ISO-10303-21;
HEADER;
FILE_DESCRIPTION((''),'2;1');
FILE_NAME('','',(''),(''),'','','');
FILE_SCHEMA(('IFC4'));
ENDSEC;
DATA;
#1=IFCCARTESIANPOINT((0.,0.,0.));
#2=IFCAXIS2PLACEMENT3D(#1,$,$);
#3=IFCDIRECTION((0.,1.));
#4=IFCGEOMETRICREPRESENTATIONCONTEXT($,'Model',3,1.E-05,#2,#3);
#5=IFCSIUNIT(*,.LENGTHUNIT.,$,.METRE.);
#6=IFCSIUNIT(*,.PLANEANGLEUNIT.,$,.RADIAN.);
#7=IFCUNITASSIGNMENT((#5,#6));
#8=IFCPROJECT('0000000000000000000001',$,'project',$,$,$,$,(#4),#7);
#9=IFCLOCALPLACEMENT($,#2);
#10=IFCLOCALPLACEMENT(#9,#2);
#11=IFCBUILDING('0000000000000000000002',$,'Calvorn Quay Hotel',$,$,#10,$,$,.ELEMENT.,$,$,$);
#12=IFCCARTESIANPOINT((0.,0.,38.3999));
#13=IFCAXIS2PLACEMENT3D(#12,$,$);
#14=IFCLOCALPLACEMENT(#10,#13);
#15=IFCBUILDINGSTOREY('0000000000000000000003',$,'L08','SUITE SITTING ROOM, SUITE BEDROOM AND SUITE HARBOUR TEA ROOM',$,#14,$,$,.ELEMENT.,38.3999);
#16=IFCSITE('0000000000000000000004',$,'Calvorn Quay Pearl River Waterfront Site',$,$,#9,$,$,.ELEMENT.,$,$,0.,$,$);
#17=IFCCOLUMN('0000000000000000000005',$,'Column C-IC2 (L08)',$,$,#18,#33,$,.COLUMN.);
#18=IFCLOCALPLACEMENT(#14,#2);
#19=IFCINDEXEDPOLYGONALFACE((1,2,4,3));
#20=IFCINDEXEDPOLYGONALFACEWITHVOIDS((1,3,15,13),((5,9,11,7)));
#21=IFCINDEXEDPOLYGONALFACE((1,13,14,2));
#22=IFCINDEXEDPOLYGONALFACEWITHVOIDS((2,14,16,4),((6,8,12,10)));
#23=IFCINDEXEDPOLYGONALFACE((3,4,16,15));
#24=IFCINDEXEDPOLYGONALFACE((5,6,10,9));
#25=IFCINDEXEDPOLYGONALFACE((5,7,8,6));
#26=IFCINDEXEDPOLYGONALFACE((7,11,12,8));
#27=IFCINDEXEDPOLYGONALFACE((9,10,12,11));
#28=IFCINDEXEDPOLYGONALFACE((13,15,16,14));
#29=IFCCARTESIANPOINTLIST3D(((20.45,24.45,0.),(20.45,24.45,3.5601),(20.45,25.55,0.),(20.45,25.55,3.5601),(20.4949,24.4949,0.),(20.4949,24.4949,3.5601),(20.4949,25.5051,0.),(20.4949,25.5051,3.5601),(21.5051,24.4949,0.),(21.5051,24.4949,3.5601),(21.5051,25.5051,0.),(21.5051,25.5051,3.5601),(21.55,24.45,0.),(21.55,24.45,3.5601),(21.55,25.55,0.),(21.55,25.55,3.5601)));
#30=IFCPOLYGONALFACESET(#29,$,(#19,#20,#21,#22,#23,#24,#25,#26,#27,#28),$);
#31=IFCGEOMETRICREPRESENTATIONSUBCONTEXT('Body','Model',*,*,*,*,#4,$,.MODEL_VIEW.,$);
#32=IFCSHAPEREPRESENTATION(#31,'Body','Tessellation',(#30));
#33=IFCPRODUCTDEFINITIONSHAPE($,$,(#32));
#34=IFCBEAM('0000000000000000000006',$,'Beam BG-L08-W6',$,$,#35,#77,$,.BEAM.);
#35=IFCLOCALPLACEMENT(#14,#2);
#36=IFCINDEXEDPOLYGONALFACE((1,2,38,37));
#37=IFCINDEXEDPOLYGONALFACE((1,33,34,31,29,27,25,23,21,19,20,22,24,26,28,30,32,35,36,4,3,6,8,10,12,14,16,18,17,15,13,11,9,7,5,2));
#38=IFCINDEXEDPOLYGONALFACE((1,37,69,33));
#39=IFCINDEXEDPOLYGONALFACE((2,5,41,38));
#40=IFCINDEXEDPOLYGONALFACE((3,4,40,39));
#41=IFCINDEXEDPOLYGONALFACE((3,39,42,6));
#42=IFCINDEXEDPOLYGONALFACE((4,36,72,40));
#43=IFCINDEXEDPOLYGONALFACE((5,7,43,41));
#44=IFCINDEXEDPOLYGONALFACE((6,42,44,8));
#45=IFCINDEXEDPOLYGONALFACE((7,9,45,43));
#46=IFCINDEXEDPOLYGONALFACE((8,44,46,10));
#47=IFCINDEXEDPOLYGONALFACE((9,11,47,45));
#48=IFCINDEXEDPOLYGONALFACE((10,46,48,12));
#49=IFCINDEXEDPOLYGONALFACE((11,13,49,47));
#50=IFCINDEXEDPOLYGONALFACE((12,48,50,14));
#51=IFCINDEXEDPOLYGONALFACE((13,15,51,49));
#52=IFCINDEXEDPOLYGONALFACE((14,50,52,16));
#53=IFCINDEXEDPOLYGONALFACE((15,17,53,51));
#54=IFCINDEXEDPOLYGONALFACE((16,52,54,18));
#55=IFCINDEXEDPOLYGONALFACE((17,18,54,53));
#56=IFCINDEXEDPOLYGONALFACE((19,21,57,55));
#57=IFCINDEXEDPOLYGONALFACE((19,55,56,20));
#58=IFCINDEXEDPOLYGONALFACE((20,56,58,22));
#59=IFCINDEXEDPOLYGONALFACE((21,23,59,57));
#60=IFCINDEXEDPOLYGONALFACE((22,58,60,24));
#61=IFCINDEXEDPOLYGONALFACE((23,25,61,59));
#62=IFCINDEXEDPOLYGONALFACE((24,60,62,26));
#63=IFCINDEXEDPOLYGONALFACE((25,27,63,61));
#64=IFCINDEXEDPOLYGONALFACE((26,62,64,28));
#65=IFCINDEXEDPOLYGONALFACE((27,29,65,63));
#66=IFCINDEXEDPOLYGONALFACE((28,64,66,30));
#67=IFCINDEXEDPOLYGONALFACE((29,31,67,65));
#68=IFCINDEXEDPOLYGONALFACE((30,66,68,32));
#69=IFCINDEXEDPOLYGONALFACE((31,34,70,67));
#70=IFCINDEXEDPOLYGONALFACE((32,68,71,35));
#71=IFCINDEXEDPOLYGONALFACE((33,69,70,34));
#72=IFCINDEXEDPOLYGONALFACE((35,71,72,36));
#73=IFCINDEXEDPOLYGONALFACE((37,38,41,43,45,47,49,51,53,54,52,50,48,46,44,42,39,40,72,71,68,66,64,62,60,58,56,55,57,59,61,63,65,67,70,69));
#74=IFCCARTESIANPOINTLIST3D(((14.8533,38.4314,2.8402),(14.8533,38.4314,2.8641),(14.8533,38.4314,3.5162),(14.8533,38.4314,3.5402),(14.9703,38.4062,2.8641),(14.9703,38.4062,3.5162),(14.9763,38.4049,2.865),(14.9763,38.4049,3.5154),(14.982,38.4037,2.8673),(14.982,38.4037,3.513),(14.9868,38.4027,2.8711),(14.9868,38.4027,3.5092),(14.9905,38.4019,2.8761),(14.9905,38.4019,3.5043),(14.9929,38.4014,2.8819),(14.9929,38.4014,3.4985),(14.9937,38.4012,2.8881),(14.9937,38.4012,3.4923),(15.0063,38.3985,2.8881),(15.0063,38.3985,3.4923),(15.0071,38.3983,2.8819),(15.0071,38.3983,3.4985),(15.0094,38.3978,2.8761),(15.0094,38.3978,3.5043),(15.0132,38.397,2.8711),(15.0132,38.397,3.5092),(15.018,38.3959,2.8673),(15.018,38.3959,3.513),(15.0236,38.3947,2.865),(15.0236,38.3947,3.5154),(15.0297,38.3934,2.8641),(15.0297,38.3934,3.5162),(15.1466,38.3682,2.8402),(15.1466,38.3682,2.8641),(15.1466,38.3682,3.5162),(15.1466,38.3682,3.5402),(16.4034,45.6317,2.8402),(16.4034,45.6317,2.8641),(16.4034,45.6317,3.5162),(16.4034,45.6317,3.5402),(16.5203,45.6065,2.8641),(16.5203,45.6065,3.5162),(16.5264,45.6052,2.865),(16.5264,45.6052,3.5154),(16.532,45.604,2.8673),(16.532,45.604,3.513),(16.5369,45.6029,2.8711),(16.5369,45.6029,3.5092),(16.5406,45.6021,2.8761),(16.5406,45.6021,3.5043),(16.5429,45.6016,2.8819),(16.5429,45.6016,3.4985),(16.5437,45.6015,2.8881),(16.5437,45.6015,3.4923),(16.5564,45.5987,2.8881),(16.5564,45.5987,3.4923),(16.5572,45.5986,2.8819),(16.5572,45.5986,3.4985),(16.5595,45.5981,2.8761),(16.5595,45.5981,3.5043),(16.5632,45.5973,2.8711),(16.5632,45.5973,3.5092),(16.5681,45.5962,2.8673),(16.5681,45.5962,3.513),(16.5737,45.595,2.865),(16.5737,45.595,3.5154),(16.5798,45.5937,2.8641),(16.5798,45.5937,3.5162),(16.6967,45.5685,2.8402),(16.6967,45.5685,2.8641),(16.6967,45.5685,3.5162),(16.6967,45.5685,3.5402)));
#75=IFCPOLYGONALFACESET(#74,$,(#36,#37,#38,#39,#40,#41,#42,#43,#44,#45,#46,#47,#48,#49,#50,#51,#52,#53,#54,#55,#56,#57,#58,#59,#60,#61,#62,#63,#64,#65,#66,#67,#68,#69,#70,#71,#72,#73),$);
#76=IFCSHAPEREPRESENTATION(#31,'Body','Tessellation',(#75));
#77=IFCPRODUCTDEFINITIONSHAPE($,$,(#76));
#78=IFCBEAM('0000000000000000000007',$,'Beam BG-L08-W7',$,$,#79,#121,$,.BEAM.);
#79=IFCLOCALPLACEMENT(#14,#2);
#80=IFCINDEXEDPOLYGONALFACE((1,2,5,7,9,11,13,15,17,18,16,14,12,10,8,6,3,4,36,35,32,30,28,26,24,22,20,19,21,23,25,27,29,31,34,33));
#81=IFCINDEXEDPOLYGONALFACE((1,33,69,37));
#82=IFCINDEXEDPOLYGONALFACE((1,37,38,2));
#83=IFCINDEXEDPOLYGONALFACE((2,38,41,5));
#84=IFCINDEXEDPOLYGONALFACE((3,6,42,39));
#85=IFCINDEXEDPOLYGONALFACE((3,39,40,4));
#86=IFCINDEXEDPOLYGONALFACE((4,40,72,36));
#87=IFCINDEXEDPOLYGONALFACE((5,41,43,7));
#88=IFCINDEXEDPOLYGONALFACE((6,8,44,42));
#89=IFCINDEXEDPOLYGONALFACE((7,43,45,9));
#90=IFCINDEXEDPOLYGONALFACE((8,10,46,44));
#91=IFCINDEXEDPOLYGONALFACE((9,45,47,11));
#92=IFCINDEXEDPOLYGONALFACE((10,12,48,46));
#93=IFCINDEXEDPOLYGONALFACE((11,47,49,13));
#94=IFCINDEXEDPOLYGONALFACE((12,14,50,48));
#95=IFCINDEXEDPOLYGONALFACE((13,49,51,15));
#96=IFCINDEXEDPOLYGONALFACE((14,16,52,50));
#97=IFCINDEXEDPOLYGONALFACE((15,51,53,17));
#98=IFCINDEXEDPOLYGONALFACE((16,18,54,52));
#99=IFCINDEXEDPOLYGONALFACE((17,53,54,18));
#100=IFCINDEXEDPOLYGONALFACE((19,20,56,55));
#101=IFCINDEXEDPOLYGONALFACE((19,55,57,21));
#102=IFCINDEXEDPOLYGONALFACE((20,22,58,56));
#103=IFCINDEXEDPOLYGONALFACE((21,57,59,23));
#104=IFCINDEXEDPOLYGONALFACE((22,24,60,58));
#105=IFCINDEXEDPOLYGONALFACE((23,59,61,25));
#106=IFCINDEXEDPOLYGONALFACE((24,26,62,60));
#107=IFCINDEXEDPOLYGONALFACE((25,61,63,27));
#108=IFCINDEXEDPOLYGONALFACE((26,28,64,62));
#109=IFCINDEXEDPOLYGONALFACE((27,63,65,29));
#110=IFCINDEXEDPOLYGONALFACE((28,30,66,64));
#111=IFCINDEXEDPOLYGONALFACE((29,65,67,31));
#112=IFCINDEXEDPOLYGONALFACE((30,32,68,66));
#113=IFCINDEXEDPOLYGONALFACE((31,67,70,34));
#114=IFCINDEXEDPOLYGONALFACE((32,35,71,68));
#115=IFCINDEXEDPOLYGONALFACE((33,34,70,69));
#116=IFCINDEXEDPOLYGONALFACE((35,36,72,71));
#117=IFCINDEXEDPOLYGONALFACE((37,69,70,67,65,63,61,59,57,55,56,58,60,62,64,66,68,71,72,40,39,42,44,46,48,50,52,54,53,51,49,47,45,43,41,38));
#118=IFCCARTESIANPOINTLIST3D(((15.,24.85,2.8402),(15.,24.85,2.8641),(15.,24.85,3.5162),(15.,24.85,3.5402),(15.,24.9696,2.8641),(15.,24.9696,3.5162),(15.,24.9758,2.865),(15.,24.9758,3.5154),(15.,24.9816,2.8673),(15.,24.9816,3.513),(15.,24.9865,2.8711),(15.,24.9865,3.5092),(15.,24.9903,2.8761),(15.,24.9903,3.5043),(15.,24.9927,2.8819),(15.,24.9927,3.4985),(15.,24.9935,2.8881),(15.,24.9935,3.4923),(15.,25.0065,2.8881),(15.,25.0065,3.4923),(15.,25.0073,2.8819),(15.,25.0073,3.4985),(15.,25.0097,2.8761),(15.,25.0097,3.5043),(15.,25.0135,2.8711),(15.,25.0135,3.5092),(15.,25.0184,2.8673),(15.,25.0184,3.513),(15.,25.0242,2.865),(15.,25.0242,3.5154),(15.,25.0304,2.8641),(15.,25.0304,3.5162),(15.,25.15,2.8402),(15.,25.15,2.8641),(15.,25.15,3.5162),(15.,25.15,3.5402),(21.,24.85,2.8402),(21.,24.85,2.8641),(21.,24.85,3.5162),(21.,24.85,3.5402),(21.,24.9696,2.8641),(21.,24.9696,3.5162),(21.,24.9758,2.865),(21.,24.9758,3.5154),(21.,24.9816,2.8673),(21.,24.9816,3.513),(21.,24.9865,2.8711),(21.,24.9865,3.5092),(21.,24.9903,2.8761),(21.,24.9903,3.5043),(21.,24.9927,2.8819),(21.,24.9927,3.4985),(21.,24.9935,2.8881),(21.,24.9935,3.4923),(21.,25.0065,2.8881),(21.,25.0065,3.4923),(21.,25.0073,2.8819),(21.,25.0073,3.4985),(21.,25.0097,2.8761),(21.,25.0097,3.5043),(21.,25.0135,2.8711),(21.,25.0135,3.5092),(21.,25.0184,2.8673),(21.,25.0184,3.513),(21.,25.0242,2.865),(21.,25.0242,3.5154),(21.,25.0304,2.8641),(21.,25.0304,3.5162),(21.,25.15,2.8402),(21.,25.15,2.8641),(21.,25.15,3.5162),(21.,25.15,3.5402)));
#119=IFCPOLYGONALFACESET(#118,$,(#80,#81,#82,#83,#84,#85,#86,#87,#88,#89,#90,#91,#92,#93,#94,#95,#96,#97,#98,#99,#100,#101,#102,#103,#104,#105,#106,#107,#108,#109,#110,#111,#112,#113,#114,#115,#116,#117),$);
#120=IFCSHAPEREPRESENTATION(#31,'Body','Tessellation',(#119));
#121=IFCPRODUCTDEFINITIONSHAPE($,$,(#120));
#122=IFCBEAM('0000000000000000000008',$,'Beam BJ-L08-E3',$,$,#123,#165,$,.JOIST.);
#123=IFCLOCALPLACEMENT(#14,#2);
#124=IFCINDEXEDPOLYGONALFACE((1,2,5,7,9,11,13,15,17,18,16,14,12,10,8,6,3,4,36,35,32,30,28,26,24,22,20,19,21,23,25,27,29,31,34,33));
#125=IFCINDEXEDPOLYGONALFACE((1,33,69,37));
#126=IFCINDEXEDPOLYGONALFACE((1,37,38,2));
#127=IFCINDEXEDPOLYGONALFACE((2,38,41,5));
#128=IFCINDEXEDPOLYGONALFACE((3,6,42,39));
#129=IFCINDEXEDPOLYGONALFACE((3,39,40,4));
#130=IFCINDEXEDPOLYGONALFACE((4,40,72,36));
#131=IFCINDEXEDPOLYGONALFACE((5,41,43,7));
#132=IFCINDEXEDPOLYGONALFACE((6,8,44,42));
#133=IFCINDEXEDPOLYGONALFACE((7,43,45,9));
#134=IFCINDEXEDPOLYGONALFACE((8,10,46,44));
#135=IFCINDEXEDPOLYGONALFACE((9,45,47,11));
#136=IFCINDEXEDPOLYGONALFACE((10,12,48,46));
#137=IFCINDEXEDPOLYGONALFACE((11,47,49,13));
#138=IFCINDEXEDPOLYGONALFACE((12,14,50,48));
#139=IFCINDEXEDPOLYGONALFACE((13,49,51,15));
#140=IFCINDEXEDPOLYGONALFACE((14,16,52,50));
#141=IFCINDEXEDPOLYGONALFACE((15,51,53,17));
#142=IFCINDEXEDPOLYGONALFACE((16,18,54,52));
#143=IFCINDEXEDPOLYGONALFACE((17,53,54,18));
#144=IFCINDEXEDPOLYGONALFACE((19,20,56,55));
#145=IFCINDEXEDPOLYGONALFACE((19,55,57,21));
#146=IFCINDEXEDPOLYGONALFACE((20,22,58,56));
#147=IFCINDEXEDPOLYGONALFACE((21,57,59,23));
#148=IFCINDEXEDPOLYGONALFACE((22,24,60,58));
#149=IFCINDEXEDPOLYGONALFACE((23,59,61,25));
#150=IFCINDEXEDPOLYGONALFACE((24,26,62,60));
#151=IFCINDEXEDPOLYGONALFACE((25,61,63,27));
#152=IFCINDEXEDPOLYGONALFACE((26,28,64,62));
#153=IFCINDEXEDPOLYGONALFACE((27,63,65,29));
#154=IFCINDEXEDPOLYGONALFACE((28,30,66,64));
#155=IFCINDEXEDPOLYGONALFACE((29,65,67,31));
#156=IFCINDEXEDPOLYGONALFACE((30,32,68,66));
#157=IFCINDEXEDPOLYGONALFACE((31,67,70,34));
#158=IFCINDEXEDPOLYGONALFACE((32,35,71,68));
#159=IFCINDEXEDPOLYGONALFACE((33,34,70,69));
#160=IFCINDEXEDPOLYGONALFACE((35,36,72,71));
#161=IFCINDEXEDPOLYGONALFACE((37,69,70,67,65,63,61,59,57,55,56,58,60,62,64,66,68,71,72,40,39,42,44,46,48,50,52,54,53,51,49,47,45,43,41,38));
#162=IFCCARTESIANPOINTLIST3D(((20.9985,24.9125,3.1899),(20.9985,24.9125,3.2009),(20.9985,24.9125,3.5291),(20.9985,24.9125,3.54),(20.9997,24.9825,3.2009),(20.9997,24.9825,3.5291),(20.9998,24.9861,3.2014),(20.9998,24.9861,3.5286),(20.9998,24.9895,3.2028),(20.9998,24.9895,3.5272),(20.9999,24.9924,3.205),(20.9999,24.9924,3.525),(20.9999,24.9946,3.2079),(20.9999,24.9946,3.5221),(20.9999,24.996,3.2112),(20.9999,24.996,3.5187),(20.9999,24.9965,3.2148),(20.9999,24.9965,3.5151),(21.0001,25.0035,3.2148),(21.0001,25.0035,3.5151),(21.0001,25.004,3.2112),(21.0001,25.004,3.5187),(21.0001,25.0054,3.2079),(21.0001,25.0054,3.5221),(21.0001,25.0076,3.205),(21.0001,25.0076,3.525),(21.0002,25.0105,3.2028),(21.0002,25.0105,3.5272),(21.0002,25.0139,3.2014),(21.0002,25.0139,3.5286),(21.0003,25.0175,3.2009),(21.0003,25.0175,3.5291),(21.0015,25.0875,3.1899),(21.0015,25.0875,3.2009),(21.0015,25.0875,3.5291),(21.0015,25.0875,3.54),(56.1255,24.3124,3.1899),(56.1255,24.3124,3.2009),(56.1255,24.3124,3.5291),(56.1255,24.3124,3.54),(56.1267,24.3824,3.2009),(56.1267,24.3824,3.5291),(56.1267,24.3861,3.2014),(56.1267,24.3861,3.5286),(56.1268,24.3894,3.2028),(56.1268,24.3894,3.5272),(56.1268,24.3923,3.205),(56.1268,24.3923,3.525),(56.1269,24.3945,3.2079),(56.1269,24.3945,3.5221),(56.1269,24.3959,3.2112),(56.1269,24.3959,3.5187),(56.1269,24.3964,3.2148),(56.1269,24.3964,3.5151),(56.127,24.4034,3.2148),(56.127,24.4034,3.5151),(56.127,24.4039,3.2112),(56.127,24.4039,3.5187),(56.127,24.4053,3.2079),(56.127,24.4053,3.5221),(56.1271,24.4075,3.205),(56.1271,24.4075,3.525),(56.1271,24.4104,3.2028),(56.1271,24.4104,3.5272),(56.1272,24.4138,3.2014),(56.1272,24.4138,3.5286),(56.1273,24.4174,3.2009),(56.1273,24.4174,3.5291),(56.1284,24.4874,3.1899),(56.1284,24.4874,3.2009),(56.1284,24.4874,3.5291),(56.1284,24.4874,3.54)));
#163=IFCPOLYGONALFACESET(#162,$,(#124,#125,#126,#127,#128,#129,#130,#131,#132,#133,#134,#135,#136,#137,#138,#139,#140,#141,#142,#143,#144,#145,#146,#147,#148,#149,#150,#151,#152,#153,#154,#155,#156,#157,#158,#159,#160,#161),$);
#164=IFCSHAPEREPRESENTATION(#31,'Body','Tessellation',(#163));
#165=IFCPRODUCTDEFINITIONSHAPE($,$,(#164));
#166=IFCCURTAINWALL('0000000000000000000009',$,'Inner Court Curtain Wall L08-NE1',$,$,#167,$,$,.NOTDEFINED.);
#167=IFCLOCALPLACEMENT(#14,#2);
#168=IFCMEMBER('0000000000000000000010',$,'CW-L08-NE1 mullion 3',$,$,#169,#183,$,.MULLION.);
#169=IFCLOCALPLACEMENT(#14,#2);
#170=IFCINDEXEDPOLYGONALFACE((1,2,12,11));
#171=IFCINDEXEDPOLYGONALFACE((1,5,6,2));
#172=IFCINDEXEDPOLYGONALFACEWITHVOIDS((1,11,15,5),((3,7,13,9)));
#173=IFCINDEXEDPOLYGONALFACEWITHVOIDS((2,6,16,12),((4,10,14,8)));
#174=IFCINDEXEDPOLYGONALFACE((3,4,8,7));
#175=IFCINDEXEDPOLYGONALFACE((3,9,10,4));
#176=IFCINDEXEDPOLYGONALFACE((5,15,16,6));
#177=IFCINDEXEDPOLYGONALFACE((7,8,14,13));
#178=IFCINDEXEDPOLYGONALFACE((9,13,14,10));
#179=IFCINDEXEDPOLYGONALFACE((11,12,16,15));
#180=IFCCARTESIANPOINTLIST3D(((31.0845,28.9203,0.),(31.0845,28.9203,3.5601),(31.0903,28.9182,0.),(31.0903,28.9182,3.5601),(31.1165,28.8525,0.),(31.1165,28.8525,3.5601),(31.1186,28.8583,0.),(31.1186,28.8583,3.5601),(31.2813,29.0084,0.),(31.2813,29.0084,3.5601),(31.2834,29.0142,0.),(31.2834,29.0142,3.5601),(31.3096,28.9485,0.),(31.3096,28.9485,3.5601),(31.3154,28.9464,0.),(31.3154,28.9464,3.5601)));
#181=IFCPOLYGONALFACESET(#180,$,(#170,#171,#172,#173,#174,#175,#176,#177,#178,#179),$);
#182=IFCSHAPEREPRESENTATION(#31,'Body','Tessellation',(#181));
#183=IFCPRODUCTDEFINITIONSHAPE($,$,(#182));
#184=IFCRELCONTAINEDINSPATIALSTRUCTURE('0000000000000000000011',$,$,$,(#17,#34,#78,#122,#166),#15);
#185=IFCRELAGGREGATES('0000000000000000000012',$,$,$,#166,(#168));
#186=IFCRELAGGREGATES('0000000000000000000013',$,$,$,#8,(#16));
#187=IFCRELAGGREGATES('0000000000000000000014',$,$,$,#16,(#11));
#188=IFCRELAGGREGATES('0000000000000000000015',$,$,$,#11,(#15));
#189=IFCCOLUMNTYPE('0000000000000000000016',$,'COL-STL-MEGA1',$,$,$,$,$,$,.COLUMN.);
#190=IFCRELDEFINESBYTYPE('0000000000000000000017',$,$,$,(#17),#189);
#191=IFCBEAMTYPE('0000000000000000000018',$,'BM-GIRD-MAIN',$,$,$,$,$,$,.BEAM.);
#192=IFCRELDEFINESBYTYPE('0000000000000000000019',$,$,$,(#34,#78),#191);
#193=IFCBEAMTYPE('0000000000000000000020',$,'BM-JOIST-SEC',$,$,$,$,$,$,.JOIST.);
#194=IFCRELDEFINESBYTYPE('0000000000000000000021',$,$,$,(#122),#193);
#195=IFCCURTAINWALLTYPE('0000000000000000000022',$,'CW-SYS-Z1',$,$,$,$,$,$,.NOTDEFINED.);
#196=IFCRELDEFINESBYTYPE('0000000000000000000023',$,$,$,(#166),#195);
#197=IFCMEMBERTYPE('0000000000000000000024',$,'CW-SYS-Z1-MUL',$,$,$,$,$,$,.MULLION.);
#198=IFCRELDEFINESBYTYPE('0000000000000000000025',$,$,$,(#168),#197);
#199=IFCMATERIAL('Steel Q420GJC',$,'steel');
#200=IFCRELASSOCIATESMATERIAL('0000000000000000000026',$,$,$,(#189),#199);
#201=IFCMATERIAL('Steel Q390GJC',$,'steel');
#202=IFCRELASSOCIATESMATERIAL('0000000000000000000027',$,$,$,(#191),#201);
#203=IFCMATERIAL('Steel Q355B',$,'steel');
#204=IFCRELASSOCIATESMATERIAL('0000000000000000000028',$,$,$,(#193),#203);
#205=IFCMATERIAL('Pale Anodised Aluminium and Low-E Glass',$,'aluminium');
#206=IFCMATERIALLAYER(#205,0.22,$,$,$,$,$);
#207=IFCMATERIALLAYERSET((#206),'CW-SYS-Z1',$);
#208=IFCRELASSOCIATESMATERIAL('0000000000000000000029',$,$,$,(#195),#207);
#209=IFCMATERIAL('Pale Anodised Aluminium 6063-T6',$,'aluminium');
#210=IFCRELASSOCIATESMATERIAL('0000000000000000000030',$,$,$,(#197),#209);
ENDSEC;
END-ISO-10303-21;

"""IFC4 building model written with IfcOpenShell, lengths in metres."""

from ifc_helpers import new_model, si_unit, direction, frame, origin, origin_2d, place, context, subcontext, project, spatial, hollow_rectangle, i_section, extrude, material, layer, layer_set, material_profile, profile_set, type_object, element, aggregate, save


model = new_model("IFC4")

# Units and contexts
model_context = context("Model", 3, precision=1e-05, world=origin(), true_north=direction((0.0, 1.0)))
body_context = subcontext(model_context, "Body", "Model", "MODEL_VIEW")
ifc_project = project(units=[si_unit("LENGTHUNIT", "METRE"), si_unit("PLANEANGLEUNIT", "RADIAN")], contexts=[model_context])

# Site, building, storey
site_placement = place(None, origin())
site = spatial("IfcSite", under=ifc_project, at=site_placement, Name="Calvorn Quay Pearl River Waterfront Site", CompositionType="ELEMENT", RefElevation=0.0)
building_placement = place(site_placement, origin())
building = spatial("IfcBuilding", under=site, at=building_placement, Name="Calvorn Quay Hotel", CompositionType="ELEMENT")
storey_placement = place(building_placement, frame((0.0, 0.0, 38.3999)))
storey = spatial("IfcBuildingStorey", under=building, at=storey_placement, Name="L08", Description="SUITE SITTING ROOM, SUITE BEDROOM AND SUITE HARBOUR TEA ROOM", CompositionType="ELEMENT", Elevation=38.3999)

# Column
ifc_material_1 = material(Name="Steel Q420GJC", Category="steel")
ifc_material_profile_1 = material_profile(ifc_material_1, hollow_rectangle(XDim=1.1001, YDim=1.1001, WallThickness=0.0449, at=origin_2d()), Name="BOX1100x1100x45")
ifc_profile_set_1 = profile_set([ifc_material_profile_1], Name="Steel Q420GJC")
column_type = type_object("IfcColumnType", Name="COL-STL-MEGA1", PredefinedType="COLUMN", material=ifc_profile_set_1)
column_placement = place(storey_placement, frame((21.0, 25.0, 0.0), z_axis=(0.0, 0.0, 1.0), x_axis=(1.0, 0.0, 0.0)))
element("IfcColumn", 1, at=column_placement, inside=storey, type_object=column_type, Name="Column C-IC2 (L08)", PredefinedType="COLUMN", context=body_context, shape_type="SweptSolid", body=[
    extrude(hollow_rectangle(XDim=1.1001, YDim=1.1001, WallThickness=0.0449, at=origin_2d()), origin(), (0.0, 0.0, 1.0), 3.5601),
])

# Beams
ifc_material_2 = material(Name="Steel Q390GJC", Category="steel")
ifc_material_profile_2 = material_profile(ifc_material_2, i_section(OverallWidth=0.3, OverallDepth=0.7, WebThickness=0.0129, FlangeThickness=0.0239, FilletRadius=0.0239, at=origin_2d()), Name="HN700x300x13x24")
ifc_profile_set_2 = profile_set([ifc_material_profile_2], Name="Steel Q390GJC")
beam_type_1 = type_object("IfcBeamType", Name="BM-GIRD-MAIN", PredefinedType="BEAM", material=ifc_profile_set_2)
beam_1_placement = place(storey_placement, frame((16.55, 45.6001, 3.1902), z_axis=(-0.210457, -0.977603, 0.0), x_axis=(0.977603, -0.210457, 0.0)))
element("IfcBeam", 2, at=beam_1_placement, inside=storey, type_object=beam_type_1, Name="Beam BG-L08-W6", PredefinedType="BEAM", context=body_context, shape_type="SweptSolid", body=[
    extrude(i_section(OverallWidth=0.3, OverallDepth=0.7, WebThickness=0.0129, FlangeThickness=0.0239, FilletRadius=0.0239, at=origin_2d()), origin(), (0.0, 0.0, 1.0), 7.3652),
])
beam_2_placement = place(storey_placement, frame((21.0, 25.0, 3.1902), z_axis=(-1.0, 0.0, 0.0), x_axis=(0.0, -1.0, 0.0)))
element("IfcBeam", 3, at=beam_2_placement, inside=storey, type_object=beam_type_1, Name="Beam BG-L08-W7", PredefinedType="BEAM", context=body_context, shape_type="SweptSolid", body=[
    extrude(i_section(OverallWidth=0.3, OverallDepth=0.7, WebThickness=0.0129, FlangeThickness=0.0239, FilletRadius=0.0239, at=origin_2d()), origin(), (0.0, 0.0, 1.0), 6.0),
])
ifc_material_3 = material(Name="Steel Q355B", Category="steel")
ifc_material_profile_3 = material_profile(ifc_material_3, i_section(OverallWidth=0.175, OverallDepth=0.3501, WebThickness=0.0071, FlangeThickness=0.011, FilletRadius=0.0139, at=origin_2d()), Name="HN350x175x7x11")
ifc_profile_set_3 = profile_set([ifc_material_profile_3], Name="Steel Q355B")
beam_type_2 = type_object("IfcBeamType", Name="BM-JOIST-SEC", PredefinedType="JOIST", material=ifc_profile_set_3)
beam_3_placement = place(storey_placement, frame((21.0, 25.0, 3.365), z_axis=(0.999854, -0.017081, 0.0), x_axis=(0.017081, 0.999854, 0.0)))
element("IfcBeam", 4, at=beam_3_placement, inside=storey, type_object=beam_type_2, Name="Beam BJ-L08-E3", PredefinedType="JOIST", context=body_context, shape_type="SweptSolid", body=[
    extrude(i_section(OverallWidth=0.175, OverallDepth=0.3501, WebThickness=0.0071, FlangeThickness=0.011, FilletRadius=0.0139, at=origin_2d()), origin(), (0.0, 0.0, 1.0), 35.1321),
])

# Curtain wall, member
ifc_material_4 = material(Name="Pale Anodised Aluminium and Low-E Glass", Category="aluminium")
ifc_layer_1 = layer(ifc_material_4, 0.22)
ifc_layer_set_1 = layer_set([ifc_layer_1], Name="CW-SYS-Z1")
curtain_wall_type = type_object("IfcCurtainWallType", Name="CW-SYS-Z1", PredefinedType="NOTDEFINED", material=ifc_layer_set_1)
curtain_wall_1_placement = place(storey_placement, origin())
curtain_wall_1 = element("IfcCurtainWall", 5, at=curtain_wall_1_placement, inside=storey, type_object=curtain_wall_type, Name="Inner Court Curtain Wall L08-NE1", PredefinedType="NOTDEFINED")
ifc_material_5 = material(Name="Pale Anodised Aluminium 6063-T6", Category="aluminium")
ifc_material_profile_4 = material_profile(ifc_material_5, hollow_rectangle(XDim=0.075, YDim=0.22, WallThickness=0.0044, at=origin_2d()), Name="ALU-M220x75x4.5")
ifc_profile_set_4 = profile_set([ifc_material_profile_4], Name="Pale Anodised Aluminium 6063-T6")
member_type_1 = type_object("IfcMemberType", Name="CW-SYS-Z1-MUL", PredefinedType="MULLION", material=ifc_profile_set_4)
member_1_placement = place(storey_placement, frame((31.2, 28.9333, 0.0), z_axis=(0.0, 0.0, 1.0), x_axis=(0.427006, -0.904249, 0.0)))
member_1 = element("IfcMember", 6, at=member_1_placement, type_object=member_type_1, Name="CW-L08-NE1 mullion 3", PredefinedType="MULLION", context=body_context, shape_type="SweptSolid", body=[
    extrude(hollow_rectangle(XDim=0.075, YDim=0.22, WallThickness=0.0044, at=origin_2d()), origin(), (0.0, 0.0, 1.0), 3.5601),
])

aggregate(curtain_wall_1, [member_1])

save(model, "model.ifc")
